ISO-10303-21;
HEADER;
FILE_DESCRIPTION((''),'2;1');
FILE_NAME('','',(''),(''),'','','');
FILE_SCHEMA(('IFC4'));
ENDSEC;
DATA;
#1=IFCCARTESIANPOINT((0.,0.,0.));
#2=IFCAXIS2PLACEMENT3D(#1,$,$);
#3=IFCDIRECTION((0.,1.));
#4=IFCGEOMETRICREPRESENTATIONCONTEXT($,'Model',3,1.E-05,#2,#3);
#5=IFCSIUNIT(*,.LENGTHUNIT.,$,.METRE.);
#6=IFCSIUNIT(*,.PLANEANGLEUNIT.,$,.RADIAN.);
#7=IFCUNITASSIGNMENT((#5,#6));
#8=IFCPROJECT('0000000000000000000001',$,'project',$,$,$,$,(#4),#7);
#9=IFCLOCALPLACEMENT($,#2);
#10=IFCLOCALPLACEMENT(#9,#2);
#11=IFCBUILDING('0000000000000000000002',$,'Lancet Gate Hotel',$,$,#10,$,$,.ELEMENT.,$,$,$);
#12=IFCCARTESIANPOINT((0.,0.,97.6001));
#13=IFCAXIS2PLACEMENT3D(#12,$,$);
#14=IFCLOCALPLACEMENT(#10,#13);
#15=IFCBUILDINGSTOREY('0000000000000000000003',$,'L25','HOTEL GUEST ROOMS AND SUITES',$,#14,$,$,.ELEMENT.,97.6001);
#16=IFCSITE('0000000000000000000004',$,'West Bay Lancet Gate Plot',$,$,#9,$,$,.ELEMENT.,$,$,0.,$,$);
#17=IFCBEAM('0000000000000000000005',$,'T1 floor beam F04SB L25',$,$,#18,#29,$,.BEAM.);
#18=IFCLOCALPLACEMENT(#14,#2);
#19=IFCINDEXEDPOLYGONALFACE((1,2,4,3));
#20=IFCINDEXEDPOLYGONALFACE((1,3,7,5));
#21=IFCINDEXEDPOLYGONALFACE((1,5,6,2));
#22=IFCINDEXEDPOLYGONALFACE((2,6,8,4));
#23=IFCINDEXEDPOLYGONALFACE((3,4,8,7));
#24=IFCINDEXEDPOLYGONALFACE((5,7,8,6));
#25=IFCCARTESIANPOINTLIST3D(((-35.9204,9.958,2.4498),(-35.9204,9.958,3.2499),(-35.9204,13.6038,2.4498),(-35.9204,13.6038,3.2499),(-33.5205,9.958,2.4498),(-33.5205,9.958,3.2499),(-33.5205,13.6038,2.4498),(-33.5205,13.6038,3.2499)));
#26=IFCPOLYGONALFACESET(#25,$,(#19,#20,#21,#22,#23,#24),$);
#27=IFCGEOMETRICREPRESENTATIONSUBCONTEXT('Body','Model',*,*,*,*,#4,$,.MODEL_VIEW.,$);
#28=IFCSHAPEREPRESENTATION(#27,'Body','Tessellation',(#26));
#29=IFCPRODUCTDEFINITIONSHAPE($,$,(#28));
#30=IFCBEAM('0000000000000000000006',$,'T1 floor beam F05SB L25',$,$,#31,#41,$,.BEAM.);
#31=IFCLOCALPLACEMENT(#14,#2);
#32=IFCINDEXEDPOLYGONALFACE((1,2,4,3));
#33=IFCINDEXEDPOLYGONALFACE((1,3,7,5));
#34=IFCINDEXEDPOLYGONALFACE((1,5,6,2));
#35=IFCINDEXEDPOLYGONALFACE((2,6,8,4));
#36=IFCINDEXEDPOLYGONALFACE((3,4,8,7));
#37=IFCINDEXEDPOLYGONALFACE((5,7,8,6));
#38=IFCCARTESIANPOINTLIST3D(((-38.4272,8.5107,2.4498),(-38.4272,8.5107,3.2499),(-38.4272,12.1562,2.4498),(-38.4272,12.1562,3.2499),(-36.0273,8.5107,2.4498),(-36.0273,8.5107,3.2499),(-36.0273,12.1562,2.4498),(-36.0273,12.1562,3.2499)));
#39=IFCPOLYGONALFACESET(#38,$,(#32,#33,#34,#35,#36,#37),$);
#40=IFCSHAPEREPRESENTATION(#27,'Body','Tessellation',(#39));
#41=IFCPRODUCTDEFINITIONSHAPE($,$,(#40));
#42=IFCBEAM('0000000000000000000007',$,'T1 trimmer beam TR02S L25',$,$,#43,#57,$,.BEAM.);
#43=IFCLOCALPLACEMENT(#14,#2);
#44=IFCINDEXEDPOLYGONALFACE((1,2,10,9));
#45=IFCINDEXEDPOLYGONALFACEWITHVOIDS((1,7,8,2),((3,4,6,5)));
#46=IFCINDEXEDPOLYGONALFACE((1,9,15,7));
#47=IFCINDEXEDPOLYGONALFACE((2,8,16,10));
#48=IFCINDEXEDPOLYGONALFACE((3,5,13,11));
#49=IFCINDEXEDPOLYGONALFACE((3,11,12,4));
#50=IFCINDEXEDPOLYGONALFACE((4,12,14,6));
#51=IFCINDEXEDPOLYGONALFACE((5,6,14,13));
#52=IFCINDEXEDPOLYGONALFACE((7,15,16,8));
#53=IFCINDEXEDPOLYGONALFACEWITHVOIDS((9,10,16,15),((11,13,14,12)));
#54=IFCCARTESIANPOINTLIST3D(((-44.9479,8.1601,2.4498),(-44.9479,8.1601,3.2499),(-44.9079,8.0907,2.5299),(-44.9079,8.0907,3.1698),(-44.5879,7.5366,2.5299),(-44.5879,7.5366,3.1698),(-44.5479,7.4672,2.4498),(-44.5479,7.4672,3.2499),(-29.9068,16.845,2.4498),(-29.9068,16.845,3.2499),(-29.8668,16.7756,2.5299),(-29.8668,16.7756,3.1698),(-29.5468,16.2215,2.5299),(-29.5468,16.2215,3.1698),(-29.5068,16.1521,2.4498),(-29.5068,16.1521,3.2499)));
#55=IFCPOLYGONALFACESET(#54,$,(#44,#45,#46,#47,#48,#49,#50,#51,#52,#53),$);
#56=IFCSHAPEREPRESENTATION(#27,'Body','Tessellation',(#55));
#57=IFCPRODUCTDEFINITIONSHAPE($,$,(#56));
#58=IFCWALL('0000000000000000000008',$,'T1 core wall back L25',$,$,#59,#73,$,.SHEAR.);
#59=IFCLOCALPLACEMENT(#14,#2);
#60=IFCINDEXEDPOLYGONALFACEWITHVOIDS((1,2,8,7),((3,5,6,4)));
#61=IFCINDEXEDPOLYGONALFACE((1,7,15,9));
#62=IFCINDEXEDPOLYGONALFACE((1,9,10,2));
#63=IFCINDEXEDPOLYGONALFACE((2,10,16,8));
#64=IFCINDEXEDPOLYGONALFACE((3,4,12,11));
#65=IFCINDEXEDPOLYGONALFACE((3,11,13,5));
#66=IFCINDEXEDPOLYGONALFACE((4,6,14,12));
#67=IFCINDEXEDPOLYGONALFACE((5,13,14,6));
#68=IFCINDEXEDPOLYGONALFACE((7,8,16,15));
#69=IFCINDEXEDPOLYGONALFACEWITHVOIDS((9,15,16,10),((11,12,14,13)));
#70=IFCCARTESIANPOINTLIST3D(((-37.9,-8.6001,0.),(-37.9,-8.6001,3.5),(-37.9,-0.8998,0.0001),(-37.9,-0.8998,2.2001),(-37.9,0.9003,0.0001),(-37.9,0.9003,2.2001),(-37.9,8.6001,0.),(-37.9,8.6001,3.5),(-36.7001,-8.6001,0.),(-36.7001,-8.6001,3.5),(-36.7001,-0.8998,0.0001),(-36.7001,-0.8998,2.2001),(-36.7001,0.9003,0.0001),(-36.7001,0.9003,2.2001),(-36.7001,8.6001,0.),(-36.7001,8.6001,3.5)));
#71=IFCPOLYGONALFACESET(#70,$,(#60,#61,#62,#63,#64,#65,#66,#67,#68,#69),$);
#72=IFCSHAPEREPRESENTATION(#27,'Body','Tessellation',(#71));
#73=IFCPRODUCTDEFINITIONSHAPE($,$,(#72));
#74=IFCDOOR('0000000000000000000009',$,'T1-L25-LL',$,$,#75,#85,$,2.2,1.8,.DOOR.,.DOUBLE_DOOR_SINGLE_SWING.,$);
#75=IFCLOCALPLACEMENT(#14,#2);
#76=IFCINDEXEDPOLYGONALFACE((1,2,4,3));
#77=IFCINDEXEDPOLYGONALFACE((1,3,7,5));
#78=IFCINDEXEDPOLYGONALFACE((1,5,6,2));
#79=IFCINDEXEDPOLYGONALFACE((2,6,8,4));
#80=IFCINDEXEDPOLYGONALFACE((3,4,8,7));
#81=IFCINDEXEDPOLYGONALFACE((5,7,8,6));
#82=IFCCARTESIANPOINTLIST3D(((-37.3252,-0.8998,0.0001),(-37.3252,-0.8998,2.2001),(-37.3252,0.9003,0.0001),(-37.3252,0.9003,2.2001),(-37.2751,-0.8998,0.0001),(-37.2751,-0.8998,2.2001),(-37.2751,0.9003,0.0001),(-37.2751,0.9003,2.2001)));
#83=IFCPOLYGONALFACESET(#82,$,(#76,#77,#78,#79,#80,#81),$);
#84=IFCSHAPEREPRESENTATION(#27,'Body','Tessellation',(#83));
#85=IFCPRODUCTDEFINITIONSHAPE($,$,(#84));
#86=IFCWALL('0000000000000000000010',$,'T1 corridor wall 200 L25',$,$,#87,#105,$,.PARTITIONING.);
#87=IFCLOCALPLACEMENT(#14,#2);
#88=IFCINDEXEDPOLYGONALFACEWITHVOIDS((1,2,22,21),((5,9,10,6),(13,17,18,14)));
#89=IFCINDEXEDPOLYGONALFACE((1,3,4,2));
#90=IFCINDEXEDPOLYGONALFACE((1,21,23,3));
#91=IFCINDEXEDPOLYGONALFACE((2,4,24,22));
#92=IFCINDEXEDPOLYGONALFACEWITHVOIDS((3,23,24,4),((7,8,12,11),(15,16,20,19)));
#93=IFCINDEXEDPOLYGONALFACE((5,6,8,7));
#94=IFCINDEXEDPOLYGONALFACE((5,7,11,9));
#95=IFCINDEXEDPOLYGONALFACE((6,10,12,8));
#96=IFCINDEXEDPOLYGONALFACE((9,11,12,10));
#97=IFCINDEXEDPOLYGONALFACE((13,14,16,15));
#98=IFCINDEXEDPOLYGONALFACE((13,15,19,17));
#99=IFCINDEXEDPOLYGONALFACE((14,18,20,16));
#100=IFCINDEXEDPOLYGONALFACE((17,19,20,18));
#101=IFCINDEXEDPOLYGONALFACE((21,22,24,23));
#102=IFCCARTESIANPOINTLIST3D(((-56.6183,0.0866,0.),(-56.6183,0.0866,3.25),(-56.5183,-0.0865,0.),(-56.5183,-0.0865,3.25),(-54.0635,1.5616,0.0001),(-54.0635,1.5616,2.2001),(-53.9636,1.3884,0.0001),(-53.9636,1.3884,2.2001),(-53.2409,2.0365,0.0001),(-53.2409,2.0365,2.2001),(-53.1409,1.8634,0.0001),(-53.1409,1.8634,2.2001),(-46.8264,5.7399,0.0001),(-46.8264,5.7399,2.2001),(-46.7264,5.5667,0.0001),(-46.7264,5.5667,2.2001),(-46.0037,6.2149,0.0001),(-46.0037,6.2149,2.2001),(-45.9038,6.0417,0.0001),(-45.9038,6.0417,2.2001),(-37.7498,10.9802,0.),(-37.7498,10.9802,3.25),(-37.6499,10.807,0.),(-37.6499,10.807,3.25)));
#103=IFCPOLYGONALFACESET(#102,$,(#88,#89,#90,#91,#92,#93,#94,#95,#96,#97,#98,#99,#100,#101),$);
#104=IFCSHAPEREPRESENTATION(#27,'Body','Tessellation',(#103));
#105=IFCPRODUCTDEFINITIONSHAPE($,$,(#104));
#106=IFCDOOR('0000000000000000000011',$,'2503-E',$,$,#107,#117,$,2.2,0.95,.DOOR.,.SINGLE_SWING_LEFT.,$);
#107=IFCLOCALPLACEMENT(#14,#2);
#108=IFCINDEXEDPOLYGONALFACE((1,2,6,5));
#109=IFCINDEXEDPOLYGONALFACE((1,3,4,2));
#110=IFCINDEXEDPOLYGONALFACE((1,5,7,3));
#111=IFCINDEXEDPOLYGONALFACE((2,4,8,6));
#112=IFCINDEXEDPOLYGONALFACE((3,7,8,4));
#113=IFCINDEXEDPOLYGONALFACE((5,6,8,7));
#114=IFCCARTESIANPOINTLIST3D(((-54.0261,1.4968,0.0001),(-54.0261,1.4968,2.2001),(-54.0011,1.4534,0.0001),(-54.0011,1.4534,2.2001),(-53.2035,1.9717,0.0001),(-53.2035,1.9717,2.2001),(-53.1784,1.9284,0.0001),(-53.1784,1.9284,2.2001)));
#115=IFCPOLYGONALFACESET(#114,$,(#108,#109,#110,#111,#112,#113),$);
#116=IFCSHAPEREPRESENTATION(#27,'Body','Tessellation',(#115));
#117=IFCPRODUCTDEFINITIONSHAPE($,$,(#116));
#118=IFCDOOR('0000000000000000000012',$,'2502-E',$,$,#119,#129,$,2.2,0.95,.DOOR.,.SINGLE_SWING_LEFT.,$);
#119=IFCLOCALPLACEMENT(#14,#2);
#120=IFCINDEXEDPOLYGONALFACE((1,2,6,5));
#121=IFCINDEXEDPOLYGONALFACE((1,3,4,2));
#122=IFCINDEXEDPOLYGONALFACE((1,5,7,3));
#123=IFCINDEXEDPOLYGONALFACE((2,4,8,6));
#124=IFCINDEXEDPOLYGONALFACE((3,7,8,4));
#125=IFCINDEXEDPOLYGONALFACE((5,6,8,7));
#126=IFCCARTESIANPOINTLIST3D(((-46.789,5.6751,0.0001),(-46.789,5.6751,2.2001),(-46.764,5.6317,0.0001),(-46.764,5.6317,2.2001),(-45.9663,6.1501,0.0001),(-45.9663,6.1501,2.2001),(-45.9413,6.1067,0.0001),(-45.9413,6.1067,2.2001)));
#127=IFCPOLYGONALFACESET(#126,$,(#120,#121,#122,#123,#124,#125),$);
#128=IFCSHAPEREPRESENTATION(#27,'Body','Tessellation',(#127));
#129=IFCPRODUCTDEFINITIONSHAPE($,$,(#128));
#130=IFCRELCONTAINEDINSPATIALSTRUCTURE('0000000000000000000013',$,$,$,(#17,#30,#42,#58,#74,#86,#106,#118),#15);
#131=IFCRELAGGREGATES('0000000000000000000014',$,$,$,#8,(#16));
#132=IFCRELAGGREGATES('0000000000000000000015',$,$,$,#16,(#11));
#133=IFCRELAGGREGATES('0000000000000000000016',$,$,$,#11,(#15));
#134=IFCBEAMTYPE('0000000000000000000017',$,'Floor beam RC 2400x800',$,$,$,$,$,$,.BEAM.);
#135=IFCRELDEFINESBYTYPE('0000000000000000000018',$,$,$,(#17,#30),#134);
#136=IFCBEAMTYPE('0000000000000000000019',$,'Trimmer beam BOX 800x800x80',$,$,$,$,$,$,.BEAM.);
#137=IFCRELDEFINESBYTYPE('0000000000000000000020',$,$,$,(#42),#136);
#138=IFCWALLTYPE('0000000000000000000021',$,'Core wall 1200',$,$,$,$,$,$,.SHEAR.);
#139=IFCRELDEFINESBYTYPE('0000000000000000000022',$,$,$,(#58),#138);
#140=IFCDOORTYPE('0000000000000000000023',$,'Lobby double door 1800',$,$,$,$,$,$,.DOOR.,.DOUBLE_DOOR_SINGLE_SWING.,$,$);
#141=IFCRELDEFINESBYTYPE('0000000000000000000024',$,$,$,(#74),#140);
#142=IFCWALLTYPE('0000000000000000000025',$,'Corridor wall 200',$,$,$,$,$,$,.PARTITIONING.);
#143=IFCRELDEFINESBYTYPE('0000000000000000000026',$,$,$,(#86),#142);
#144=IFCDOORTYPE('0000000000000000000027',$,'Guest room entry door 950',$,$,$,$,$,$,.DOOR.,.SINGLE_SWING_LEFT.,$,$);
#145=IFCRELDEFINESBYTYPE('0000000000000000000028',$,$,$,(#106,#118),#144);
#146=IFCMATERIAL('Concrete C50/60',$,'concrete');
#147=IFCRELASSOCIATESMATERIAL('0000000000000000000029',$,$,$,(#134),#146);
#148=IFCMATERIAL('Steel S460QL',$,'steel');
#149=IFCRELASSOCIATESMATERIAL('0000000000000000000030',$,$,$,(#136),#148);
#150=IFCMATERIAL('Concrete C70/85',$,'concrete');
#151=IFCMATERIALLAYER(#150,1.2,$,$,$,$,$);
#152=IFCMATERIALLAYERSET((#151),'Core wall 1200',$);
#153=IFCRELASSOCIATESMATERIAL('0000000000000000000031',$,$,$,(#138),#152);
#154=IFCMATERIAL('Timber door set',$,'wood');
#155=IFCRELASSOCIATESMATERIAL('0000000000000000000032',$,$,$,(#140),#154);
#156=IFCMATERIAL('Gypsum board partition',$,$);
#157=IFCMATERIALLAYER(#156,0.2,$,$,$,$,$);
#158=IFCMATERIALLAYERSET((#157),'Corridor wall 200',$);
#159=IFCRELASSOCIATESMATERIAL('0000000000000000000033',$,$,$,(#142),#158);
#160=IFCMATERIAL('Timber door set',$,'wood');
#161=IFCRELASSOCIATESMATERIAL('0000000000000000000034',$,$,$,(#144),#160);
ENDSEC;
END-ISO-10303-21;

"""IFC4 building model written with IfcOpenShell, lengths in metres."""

from ifc_helpers import new_model, si_unit, direction, frame, frame_2d, origin, origin_2d, place, context, subcontext, project, spatial, rectangle, hollow_rectangle, extrude, material, layer, layer_set, material_profile, profile_set, type_object, element, fill, save


model = new_model("IFC4")

# Units and contexts
model_context = context("Model", 3, precision=1e-05, world=origin(), true_north=direction((0.0, 1.0)))
body_context = subcontext(model_context, "Body", "Model", "MODEL_VIEW")
ifc_project = project(units=[si_unit("LENGTHUNIT", "METRE"), si_unit("PLANEANGLEUNIT", "RADIAN")], contexts=[model_context])

# Site, building, storey
site_placement = place(None, origin())
site = spatial("IfcSite", under=ifc_project, at=site_placement, Name="West Bay Lancet Gate Plot", CompositionType="ELEMENT", RefElevation=0.0)
building_placement = place(site_placement, origin())
building = spatial("IfcBuilding", under=site, at=building_placement, Name="Lancet Gate Hotel", CompositionType="ELEMENT")
storey_placement = place(building_placement, frame((0.0, 0.0, 97.6001)))
storey = spatial("IfcBuildingStorey", under=building, at=storey_placement, Name="L25", Description="HOTEL GUEST ROOMS AND SUITES", CompositionType="ELEMENT", Elevation=97.6001)

# Beams
ifc_material_1 = material(Name="Concrete C50/60", Category="concrete")
ifc_material_profile_1 = material_profile(ifc_material_1, rectangle(XDim=2.3999, YDim=0.8, at=origin_2d()), Name="RC 2400x800")
ifc_profile_set_1 = profile_set([ifc_material_profile_1], Name="Concrete C50/60")
beam_type_1 = type_object("IfcBeamType", Name="Floor beam RC 2400x800", PredefinedType="BEAM", material=ifc_profile_set_1)
beam_1_placement = place(storey_placement, frame((-34.7205, 13.6038, 2.8499), z_axis=(0.0, -1.0, 0.0), x_axis=(1.0, 0.0, 0.0)))
element("IfcBeam", 1, at=beam_1_placement, inside=storey, type_object=beam_type_1, Name="T1 floor beam F04SB L25", PredefinedType="BEAM", context=body_context, shape_type="SweptSolid", body=[
    extrude(rectangle(XDim=2.3999, YDim=0.8, at=origin_2d()), origin(), (0.0, 0.0, 1.0), 3.6458),
])
beam_2_placement = place(storey_placement, frame((-37.2273, 12.1562, 2.8499), z_axis=(0.0, -1.0, 0.0), x_axis=(1.0, 0.0, 0.0)))
element("IfcBeam", 2, at=beam_2_placement, inside=storey, type_object=beam_type_1, Name="T1 floor beam F05SB L25", PredefinedType="BEAM", context=body_context, shape_type="SweptSolid", body=[
    extrude(rectangle(XDim=2.3999, YDim=0.8, at=origin_2d()), origin(), (0.0, 0.0, 1.0), 3.6455),
])
ifc_material_2 = material(Name="Steel S460QL", Category="steel")
ifc_material_profile_2 = material_profile(ifc_material_2, hollow_rectangle(XDim=0.8, YDim=0.8, WallThickness=0.0801, at=origin_2d()), Name="BOX 800x800x80")
ifc_profile_set_2 = profile_set([ifc_material_profile_2], Name="Steel S460QL")
beam_type_2 = type_object("IfcBeamType", Name="Trimmer beam BOX 800x800x80", PredefinedType="BEAM", material=ifc_profile_set_2)
beam_3_placement = place(storey_placement, frame((-29.7068, 16.4985, 2.8499), z_axis=(-0.866003, -0.500038, 0.0), x_axis=(0.500038, -0.866003, 0.0)))
element("IfcBeam", 3, at=beam_3_placement, inside=storey, type_object=beam_type_2, Name="T1 trimmer beam TR02S L25", PredefinedType="BEAM", context=body_context, shape_type="SweptSolid", body=[
    extrude(hollow_rectangle(XDim=0.8, YDim=0.8, WallThickness=0.0801, at=origin_2d()), origin(), (0.0, 0.0, 1.0), 17.3684),
])

# Wall, opening, door
ifc_material_3 = material(Name="Concrete C70/85", Category="concrete")
ifc_layer_1 = layer(ifc_material_3, 1.2)
ifc_layer_set_1 = layer_set([ifc_layer_1], Name="Core wall 1200")
wall_type_1 = type_object("IfcWallType", Name="Core wall 1200", PredefinedType="SHEAR", material=ifc_layer_set_1)
wall_1_placement = place(storey_placement, frame((-37.3, 8.6001, 0.0), z_axis=(0.0, 0.0, 1.0), x_axis=(0.0, -1.0, 0.0)))
wall_1 = element("IfcWall", 4, at=wall_1_placement, inside=storey, type_object=wall_type_1, Name="T1 core wall back L25", PredefinedType="SHEAR", context=body_context, shape_type="SweptSolid", body=[
    extrude(rectangle(XDim=17.2002, YDim=1.2, at=frame_2d((8.6001, 0.0))), origin(), (0.0, 0.0, 1.0), 3.5),
])
opening_1_placement = place(wall_1_placement, frame((7.7, 0.0, 0.0)))
opening_1 = element("IfcOpeningElement", 5, at=opening_1_placement, cuts=wall_1, PredefinedType="OPENING", context=body_context, shape_type="SweptSolid", body=[
    extrude(rectangle(XDim=1.8, YDim=2.2, at=frame_2d((0.8999, 1.1001))), frame((0.0, 0.6099, 0.0), z_axis=(0.0, -1.0, 0.0), x_axis=(1.0, 0.0, 0.0)), (0.0, 0.0, 1.0), 1.22),
])
ifc_material_4 = material(Name="Timber door set", Category="wood")
door_type_1 = type_object("IfcDoorType", Name="Lobby double door 1800", OperationType="DOUBLE_DOOR_SINGLE_SWING", PredefinedType="DOOR", material=ifc_material_4)
door_1_placement = place(opening_1_placement, origin())
door_1 = element("IfcDoor", 6, at=door_1_placement, inside=storey, type_object=door_type_1, Name="T1-L25-LL", OperationType="DOUBLE_DOOR_SINGLE_SWING", OverallHeight=2.2, OverallWidth=1.8, PredefinedType="DOOR", context=body_context, shape_type="SweptSolid", body=[
    extrude(rectangle(XDim=1.8, YDim=2.2, at=frame_2d((0.8999, 1.1001))), frame((0.0, 0.0249, 0.0), z_axis=(0.0, -1.0, 0.0), x_axis=(1.0, 0.0, 0.0)), (0.0, 0.0, 1.0), 0.05),
])
fill(opening_1, door_1)

# Wall, openings, doors
ifc_material_5 = material(Name="Gypsum board partition")
ifc_layer_2 = layer(ifc_material_5, 0.2)
ifc_layer_set_2 = layer_set([ifc_layer_2], Name="Corridor wall 200")
wall_type_2 = type_object("IfcWallType", Name="Corridor wall 200", PredefinedType="PARTITIONING", material=ifc_layer_set_2)
wall_2_placement = place(storey_placement, frame((-37.7, 10.8936, 0.0), z_axis=(0.0, 0.0, 1.0), x_axis=(-0.866028, -0.499996, 0.0)))
wall_2 = element("IfcWall", 7, at=wall_2_placement, inside=storey, type_object=wall_type_2, Name="T1 corridor wall 200 L25", PredefinedType="PARTITIONING", context=body_context, shape_type="SweptSolid", body=[
    extrude(rectangle(XDim=21.7874, YDim=0.2, at=frame_2d((10.8936, 0.0))), origin(), (0.0, 0.0, 1.0), 3.25),
])
opening_2_placement = place(wall_2_placement, frame((17.8872, 0.0, 0.0)))
opening_2 = element("IfcOpeningElement", 8, at=opening_2_placement, cuts=wall_2, PredefinedType="OPENING", context=body_context, shape_type="SweptSolid", body=[
    extrude(rectangle(XDim=0.95, YDim=2.2, at=frame_2d((0.4751, 1.1001))), frame((0.0, 0.1099, 0.0), z_axis=(0.0, -1.0, 0.0), x_axis=(1.0, 0.0, 0.0)), (0.0, 0.0, 1.0), 0.22),
])
opening_3_placement = place(wall_2_placement, frame((9.5305, 0.0, 0.0)))
opening_3 = element("IfcOpeningElement", 9, at=opening_3_placement, cuts=wall_2, PredefinedType="OPENING", context=body_context, shape_type="SweptSolid", body=[
    extrude(rectangle(XDim=0.95, YDim=2.2, at=frame_2d((0.4751, 1.1001))), frame((0.0, 0.1099, 0.0), z_axis=(0.0, -1.0, 0.0), x_axis=(1.0, 0.0, 0.0)), (0.0, 0.0, 1.0), 0.22),
])
ifc_material_6 = material(Name="Timber door set", Category="wood")
door_type_2 = type_object("IfcDoorType", Name="Guest room entry door 950", OperationType="SINGLE_SWING_LEFT", PredefinedType="DOOR", material=ifc_material_6)
door_2_placement = place(opening_2_placement, origin())
door_2 = element("IfcDoor", 10, at=door_2_placement, inside=storey, type_object=door_type_2, Name="2503-E", OperationType="SINGLE_SWING_LEFT", OverallHeight=2.2, OverallWidth=0.95, PredefinedType="DOOR", context=body_context, shape_type="SweptSolid", body=[
    extrude(rectangle(XDim=0.95, YDim=2.2, at=frame_2d((0.4751, 1.1001))), frame((0.0, 0.0249, 0.0), z_axis=(0.0, -1.0, 0.0), x_axis=(1.0, 0.0, 0.0)), (0.0, 0.0, 1.0), 0.05),
])
fill(opening_2, door_2)
door_3_placement = place(opening_3_placement, origin())
door_3 = element("IfcDoor", 11, at=door_3_placement, inside=storey, type_object=door_type_2, Name="2502-E", OperationType="SINGLE_SWING_LEFT", OverallHeight=2.2, OverallWidth=0.95, PredefinedType="DOOR", context=body_context, shape_type="SweptSolid", body=[
    extrude(rectangle(XDim=0.95, YDim=2.2, at=frame_2d((0.4751, 1.1001))), frame((0.0, 0.0249, 0.0), z_axis=(0.0, -1.0, 0.0), x_axis=(1.0, 0.0, 0.0)), (0.0, 0.0, 1.0), 0.05),
])
fill(opening_3, door_3)

save(model, "model.ifc")
